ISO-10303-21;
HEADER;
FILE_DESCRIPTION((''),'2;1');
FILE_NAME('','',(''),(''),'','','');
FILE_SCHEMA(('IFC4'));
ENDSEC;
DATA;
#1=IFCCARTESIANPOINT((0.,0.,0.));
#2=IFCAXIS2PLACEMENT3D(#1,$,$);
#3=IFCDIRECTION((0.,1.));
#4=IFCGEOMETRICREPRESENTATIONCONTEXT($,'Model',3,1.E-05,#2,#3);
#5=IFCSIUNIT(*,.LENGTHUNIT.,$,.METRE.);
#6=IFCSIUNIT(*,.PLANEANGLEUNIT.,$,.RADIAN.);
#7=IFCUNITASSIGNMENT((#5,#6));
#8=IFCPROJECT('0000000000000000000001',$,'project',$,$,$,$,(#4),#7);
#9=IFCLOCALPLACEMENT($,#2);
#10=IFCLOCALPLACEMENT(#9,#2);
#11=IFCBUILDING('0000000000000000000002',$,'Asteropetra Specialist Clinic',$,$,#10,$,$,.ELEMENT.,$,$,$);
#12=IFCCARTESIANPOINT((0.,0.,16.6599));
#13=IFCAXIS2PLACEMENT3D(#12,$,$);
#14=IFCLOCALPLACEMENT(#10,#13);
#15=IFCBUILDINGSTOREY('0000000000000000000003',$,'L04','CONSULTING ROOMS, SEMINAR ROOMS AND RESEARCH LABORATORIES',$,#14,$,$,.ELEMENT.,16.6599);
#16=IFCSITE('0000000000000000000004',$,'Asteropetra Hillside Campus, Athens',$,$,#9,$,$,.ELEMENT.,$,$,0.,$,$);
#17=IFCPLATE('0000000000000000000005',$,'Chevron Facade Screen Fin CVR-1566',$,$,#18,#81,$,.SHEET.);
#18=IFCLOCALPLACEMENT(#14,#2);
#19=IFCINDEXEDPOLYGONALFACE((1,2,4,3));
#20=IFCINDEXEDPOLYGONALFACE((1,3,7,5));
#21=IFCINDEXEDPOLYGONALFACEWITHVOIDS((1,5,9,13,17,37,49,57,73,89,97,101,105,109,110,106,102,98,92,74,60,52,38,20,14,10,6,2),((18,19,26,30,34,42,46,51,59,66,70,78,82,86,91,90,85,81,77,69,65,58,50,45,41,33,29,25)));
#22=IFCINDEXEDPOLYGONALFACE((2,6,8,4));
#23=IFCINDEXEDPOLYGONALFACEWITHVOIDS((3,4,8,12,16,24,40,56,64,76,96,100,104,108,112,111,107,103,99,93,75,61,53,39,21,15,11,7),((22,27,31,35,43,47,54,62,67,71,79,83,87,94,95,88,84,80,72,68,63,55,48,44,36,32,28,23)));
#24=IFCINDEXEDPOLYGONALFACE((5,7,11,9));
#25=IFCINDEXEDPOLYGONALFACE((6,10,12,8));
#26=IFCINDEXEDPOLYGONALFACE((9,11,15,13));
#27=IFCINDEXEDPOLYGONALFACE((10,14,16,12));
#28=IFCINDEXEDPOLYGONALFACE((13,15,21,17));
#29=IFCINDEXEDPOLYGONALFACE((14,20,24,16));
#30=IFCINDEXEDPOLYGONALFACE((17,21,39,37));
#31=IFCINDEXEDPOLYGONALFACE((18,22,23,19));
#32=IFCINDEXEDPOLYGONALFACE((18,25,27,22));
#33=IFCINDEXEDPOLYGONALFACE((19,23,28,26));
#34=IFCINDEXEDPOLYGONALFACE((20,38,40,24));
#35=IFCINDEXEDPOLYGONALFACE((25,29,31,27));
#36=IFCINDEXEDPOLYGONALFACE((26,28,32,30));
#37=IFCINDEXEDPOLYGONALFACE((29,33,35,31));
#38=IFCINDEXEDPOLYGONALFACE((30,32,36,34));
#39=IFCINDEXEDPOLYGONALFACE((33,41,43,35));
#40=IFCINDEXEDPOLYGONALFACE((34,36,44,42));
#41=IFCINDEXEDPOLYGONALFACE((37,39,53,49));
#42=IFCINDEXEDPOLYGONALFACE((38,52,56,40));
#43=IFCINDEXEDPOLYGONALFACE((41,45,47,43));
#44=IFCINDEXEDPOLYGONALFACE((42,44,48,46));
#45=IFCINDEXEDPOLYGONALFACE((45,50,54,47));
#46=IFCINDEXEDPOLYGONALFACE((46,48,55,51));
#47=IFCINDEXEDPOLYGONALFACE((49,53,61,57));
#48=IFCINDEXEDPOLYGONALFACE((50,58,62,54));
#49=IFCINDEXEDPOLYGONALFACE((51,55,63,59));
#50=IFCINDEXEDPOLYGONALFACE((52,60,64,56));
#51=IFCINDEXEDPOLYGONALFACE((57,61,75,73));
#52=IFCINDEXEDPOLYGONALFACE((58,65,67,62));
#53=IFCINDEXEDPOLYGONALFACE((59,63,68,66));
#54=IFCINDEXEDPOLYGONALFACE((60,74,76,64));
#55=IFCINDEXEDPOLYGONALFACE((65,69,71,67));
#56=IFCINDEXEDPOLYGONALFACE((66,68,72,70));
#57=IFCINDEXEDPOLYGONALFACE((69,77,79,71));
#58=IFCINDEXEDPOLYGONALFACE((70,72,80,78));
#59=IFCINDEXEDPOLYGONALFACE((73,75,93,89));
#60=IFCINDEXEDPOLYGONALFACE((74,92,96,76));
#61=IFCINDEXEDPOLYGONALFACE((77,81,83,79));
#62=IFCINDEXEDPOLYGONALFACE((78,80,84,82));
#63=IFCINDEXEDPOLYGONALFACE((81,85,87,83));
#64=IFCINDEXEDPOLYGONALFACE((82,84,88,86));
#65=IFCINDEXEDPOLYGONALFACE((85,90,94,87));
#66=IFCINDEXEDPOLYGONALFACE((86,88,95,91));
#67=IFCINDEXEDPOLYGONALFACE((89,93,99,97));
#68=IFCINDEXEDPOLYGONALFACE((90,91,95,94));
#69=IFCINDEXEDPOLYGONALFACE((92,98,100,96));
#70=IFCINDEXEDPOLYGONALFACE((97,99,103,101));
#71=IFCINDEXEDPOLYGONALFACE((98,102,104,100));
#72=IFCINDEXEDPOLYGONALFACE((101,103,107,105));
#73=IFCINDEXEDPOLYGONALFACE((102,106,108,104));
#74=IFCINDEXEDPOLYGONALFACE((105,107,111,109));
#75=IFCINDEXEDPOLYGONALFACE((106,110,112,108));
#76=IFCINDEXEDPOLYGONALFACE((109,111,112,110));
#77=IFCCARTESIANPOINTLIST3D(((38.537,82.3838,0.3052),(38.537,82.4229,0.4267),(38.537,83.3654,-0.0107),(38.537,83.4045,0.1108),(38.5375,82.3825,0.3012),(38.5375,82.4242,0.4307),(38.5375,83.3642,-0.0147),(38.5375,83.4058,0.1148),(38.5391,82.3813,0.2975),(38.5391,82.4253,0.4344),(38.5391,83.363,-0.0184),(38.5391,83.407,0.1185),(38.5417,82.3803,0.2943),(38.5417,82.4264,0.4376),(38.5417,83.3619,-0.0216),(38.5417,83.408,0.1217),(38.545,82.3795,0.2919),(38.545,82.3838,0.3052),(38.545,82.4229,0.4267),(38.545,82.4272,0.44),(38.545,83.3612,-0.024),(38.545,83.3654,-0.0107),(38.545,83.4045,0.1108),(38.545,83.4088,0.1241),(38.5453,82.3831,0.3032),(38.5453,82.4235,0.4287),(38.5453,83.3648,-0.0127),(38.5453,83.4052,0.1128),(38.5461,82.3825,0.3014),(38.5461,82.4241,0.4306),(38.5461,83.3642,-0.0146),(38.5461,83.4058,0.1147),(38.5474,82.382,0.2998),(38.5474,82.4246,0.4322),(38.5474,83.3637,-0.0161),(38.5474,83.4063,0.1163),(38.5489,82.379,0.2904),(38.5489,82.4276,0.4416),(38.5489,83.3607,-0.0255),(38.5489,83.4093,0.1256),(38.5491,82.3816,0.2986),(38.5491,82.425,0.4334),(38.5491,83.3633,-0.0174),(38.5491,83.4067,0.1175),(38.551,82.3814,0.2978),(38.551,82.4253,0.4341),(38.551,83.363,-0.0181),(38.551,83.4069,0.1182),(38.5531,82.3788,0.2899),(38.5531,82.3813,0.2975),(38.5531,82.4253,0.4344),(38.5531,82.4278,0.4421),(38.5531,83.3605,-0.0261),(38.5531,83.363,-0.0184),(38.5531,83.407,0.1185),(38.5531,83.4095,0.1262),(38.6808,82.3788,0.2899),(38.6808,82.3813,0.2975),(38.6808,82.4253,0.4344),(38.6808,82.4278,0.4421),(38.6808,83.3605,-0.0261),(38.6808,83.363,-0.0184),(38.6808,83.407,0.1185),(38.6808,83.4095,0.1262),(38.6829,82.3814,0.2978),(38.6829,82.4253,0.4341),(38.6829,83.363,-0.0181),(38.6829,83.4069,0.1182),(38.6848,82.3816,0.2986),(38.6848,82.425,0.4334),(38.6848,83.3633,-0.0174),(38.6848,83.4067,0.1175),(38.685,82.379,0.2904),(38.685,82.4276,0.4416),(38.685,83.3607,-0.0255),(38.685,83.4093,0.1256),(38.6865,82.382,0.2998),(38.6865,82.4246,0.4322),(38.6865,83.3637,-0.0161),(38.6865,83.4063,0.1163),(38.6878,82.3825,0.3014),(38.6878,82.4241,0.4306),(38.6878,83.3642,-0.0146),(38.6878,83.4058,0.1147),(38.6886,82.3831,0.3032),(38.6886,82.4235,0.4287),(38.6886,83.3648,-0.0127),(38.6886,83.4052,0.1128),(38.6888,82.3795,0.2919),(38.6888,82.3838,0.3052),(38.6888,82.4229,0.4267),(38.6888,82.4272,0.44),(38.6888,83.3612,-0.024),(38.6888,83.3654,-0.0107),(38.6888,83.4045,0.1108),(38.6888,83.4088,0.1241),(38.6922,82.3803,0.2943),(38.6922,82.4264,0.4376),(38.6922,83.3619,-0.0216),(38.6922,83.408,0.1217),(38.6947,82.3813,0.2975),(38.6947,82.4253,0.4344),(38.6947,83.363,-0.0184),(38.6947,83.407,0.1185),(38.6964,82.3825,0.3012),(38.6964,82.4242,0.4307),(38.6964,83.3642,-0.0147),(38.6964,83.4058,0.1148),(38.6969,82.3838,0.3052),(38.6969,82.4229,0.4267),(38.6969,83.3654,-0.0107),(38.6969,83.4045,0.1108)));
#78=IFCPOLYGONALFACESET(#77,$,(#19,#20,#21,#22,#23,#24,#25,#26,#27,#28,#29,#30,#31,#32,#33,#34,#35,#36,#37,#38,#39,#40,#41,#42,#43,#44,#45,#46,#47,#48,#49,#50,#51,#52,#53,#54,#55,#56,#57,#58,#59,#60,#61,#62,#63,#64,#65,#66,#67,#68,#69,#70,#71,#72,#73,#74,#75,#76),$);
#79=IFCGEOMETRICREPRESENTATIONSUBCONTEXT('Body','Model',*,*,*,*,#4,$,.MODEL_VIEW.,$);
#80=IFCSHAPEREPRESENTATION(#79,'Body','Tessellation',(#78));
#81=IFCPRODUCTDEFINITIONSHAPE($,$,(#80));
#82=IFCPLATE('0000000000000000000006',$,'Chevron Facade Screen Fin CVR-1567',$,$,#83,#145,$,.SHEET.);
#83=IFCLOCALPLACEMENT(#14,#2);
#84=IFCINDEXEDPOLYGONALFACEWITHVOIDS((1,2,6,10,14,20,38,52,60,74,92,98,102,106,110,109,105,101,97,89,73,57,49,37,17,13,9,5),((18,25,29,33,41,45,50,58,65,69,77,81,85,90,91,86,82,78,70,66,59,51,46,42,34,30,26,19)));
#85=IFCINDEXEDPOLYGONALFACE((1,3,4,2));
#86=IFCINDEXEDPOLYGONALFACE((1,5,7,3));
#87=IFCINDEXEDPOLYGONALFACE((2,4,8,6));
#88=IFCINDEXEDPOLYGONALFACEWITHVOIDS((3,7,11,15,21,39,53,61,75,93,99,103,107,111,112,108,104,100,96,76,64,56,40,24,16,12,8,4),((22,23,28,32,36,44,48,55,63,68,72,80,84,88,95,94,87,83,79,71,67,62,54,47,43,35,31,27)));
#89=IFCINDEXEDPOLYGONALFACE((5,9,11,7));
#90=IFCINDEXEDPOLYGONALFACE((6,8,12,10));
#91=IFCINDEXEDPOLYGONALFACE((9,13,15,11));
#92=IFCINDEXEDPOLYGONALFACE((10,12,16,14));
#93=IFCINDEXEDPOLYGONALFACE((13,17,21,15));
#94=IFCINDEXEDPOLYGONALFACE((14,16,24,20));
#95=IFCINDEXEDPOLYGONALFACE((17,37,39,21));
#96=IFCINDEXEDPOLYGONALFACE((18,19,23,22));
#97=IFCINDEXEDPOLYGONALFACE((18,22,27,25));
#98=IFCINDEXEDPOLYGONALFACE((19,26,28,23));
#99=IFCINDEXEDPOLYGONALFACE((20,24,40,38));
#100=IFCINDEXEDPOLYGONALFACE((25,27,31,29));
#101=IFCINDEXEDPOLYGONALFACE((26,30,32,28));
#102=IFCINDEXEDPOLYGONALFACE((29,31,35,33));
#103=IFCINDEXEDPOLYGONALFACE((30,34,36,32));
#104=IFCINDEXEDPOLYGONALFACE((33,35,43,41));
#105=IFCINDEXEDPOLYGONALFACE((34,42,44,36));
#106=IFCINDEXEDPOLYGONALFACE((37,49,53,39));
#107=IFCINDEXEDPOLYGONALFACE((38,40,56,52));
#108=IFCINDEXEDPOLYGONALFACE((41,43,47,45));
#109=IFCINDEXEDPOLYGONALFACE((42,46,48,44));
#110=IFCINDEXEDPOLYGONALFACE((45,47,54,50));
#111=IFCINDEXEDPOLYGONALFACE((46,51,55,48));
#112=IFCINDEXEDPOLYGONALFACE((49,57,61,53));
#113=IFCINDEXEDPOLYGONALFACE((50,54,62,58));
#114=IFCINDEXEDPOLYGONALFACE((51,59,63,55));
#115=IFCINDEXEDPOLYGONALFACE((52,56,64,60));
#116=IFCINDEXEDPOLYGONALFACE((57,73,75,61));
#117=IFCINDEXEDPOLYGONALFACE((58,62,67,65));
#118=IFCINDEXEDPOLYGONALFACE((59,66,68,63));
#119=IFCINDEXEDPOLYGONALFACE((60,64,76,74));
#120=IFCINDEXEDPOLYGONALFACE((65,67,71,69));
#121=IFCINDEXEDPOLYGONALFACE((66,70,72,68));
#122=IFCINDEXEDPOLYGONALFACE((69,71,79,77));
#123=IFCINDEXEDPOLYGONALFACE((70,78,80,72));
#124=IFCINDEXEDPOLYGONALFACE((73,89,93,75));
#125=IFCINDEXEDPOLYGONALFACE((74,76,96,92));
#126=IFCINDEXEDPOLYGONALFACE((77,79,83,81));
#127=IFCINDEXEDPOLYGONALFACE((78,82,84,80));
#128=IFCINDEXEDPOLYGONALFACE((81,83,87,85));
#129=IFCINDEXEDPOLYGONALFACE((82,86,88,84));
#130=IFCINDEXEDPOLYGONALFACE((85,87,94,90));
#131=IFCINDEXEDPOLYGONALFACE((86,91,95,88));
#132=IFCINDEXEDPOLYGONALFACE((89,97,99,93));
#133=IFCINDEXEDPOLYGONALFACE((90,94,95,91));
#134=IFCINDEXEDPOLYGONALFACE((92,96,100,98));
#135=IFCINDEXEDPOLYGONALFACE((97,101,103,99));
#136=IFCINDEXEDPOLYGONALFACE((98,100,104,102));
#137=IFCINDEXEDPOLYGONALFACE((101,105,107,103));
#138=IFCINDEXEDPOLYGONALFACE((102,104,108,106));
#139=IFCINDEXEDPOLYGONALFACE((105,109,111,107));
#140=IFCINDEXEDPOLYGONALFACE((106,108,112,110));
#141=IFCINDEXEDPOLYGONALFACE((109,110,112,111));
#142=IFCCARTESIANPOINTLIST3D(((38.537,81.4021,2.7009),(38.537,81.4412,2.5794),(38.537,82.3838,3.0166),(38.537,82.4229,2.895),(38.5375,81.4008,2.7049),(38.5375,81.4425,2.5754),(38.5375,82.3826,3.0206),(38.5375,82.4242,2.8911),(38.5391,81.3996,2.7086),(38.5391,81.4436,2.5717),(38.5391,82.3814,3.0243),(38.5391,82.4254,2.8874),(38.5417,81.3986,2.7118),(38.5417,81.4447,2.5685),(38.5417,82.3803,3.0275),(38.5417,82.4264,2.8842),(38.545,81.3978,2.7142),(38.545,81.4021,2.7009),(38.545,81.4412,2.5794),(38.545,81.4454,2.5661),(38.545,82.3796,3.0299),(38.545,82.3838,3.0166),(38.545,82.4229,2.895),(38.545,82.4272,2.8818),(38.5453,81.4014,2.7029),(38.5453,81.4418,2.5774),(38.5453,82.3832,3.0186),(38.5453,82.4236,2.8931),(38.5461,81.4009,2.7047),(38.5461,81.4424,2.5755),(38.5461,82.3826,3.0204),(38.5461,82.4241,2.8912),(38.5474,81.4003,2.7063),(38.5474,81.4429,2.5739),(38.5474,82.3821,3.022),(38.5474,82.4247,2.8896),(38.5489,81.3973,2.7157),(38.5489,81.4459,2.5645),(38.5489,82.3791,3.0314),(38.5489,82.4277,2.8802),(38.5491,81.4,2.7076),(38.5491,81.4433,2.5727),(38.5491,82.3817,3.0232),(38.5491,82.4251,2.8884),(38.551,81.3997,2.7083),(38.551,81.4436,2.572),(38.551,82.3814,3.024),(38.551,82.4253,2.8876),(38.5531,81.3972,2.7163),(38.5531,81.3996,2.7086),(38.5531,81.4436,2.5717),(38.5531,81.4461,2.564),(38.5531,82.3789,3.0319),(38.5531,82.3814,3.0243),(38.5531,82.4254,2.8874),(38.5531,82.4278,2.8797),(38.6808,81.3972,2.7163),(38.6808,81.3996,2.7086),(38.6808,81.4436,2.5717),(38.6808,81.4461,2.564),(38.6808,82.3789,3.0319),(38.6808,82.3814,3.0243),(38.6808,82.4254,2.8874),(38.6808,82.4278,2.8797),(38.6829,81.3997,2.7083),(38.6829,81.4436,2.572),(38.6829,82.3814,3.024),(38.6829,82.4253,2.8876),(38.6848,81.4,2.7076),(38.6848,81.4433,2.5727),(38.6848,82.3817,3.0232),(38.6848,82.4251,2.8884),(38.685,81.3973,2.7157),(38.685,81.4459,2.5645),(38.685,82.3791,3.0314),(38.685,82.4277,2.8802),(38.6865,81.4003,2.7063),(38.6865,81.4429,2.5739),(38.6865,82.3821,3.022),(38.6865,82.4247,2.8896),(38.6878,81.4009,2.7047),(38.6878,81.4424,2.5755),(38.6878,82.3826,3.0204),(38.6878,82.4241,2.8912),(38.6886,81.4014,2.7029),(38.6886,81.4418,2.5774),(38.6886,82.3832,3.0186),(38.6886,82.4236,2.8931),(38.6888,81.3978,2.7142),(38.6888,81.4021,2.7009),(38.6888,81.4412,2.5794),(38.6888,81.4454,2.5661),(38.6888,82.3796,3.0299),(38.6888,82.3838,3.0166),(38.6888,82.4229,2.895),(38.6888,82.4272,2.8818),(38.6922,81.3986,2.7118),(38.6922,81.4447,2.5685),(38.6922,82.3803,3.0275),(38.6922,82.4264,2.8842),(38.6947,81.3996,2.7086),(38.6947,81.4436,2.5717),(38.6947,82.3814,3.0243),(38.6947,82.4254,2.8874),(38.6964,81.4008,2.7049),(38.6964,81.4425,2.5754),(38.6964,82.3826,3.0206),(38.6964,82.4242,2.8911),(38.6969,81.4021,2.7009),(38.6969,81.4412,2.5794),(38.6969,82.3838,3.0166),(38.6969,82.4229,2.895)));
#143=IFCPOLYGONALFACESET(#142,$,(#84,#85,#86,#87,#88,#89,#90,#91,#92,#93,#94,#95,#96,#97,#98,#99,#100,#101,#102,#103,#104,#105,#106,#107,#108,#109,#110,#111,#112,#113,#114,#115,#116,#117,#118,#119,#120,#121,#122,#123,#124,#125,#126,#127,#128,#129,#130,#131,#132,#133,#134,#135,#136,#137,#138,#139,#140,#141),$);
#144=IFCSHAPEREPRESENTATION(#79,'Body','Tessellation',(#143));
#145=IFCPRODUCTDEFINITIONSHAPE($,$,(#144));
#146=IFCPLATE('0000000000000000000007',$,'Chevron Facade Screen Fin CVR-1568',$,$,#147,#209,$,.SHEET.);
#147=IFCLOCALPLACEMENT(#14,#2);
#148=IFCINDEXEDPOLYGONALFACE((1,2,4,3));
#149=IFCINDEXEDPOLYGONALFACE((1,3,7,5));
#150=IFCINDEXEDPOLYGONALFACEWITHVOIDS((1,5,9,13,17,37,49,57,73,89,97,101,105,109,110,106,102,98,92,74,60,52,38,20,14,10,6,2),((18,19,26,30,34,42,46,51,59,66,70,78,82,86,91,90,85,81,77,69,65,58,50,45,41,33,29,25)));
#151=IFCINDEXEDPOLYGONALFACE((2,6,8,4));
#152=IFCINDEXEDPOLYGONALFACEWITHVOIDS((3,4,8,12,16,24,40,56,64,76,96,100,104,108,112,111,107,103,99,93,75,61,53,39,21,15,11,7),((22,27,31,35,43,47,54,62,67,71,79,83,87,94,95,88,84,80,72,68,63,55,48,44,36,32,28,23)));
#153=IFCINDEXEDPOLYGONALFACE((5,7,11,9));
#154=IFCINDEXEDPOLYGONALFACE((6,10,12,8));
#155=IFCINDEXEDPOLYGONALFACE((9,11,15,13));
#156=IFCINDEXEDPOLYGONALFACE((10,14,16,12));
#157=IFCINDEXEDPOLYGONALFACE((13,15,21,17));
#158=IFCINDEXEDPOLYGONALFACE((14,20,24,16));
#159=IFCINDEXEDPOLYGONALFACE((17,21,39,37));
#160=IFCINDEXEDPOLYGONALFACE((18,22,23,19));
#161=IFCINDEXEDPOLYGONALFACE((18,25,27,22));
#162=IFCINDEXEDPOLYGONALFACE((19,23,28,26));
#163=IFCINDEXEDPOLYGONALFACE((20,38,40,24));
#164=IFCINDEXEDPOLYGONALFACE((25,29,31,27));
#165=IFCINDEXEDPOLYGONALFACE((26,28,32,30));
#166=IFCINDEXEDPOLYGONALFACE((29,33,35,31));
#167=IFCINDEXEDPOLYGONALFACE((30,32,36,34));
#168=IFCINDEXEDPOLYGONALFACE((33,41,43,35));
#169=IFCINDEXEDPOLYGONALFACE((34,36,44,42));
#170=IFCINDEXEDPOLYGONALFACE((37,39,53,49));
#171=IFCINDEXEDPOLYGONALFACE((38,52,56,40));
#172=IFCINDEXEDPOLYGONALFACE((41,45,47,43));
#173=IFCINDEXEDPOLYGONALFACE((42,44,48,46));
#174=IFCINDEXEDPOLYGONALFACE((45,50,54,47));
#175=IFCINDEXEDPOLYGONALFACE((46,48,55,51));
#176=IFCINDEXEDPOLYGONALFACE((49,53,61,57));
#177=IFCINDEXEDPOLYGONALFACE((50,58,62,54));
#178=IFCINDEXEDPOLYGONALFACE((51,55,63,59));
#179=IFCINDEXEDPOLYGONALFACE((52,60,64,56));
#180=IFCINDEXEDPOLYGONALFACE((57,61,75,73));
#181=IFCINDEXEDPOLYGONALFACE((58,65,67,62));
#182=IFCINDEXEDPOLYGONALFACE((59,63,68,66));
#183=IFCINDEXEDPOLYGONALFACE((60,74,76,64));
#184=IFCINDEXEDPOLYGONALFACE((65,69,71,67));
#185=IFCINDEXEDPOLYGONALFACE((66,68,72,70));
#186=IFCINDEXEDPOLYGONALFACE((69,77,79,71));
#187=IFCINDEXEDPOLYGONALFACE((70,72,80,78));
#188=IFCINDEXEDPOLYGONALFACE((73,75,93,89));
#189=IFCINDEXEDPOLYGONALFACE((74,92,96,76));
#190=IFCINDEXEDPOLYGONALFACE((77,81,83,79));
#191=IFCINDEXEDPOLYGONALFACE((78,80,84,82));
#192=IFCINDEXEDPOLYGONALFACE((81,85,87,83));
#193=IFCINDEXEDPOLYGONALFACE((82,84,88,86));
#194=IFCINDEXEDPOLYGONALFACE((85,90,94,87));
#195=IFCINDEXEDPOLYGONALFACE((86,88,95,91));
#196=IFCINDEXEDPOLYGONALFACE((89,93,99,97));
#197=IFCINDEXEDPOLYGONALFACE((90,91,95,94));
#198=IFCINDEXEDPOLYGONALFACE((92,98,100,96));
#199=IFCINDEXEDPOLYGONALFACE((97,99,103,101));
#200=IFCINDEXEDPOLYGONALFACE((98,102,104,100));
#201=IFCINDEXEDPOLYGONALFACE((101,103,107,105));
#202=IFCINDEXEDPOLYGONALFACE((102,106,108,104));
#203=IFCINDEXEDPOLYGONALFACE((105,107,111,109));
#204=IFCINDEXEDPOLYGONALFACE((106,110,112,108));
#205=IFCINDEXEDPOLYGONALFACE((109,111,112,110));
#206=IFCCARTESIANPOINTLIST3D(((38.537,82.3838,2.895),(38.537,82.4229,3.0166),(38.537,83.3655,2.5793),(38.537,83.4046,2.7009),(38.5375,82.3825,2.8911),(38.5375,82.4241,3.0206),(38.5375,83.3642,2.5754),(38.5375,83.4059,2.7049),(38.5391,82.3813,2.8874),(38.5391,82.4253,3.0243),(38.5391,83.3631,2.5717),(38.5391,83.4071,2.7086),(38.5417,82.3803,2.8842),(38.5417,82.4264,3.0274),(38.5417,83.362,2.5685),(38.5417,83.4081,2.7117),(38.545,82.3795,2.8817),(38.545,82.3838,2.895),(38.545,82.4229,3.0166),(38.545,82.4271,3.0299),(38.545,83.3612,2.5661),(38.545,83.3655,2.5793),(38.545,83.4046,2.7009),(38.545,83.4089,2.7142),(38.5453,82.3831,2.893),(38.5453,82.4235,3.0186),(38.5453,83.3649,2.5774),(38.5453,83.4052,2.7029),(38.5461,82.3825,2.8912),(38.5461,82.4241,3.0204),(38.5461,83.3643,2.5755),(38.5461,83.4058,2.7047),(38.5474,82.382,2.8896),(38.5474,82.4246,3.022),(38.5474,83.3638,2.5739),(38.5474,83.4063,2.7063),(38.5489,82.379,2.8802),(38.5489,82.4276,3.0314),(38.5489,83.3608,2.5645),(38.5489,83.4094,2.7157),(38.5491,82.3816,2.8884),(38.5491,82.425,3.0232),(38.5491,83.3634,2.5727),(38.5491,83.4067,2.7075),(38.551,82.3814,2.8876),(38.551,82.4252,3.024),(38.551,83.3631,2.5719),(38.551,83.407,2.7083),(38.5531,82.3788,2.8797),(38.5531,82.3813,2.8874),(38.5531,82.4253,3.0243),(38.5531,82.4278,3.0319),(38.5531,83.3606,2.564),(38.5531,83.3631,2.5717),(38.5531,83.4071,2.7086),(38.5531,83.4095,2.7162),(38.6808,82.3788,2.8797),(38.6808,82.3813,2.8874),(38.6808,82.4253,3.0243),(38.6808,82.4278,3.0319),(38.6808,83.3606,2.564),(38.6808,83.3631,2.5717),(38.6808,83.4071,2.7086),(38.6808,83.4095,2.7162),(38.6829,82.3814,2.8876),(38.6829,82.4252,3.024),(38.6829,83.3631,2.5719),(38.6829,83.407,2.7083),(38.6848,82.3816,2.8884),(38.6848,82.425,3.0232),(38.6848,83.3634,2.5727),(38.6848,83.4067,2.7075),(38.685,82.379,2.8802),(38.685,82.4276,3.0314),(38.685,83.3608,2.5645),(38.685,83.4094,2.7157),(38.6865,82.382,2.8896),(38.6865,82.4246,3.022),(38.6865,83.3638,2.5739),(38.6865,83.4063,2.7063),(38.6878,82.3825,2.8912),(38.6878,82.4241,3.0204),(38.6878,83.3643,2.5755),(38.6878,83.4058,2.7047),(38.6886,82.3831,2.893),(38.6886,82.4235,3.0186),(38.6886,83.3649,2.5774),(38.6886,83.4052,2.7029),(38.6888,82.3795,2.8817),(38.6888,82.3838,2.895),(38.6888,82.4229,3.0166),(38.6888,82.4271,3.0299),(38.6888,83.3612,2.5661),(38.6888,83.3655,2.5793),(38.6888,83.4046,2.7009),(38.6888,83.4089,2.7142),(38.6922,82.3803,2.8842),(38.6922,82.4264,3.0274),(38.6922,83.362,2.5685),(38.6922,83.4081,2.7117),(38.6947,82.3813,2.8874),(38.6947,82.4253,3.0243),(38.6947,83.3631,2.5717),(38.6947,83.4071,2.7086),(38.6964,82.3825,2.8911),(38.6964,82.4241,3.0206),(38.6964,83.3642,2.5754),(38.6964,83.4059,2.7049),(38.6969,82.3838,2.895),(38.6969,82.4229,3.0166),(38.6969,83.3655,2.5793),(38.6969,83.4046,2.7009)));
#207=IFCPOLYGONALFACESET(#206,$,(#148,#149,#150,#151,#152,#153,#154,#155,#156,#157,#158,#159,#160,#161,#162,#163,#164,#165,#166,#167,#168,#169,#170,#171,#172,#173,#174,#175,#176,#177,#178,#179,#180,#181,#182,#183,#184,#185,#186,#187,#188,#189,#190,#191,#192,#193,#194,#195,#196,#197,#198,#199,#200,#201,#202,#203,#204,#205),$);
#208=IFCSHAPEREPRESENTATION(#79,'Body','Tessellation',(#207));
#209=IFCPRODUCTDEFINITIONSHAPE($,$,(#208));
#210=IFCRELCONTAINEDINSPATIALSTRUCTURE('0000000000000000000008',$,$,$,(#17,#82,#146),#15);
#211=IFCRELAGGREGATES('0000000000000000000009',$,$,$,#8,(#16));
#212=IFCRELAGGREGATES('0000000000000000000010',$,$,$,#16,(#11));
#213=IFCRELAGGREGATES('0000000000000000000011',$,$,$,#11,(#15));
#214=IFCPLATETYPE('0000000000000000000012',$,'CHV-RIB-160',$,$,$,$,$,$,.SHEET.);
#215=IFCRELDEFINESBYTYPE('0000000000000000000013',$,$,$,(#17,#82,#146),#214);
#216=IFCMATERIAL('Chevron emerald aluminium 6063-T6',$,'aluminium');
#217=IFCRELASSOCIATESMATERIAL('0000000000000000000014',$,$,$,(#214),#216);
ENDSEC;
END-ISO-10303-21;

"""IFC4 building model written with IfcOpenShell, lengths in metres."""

from ifc_helpers import new_model, si_unit, direction, frame, origin, origin_2d, place, context, subcontext, project, spatial, hollow_rectangle, extrude, material, material_profile, profile_set, type_object, element, save


model = new_model("IFC4")

# Units and contexts
model_context = context("Model", 3, precision=1e-05, world=origin(), true_north=direction((0.0, 1.0)))
body_context = subcontext(model_context, "Body", "Model", "MODEL_VIEW")
ifc_project = project(units=[si_unit("LENGTHUNIT", "METRE"), si_unit("PLANEANGLEUNIT", "RADIAN")], contexts=[model_context])

# Site, building, storey
site_placement = place(None, origin())
site = spatial("IfcSite", under=ifc_project, at=site_placement, Name="Asteropetra Hillside Campus, Athens", CompositionType="ELEMENT", RefElevation=0.0)
building_placement = place(site_placement, origin())
building = spatial("IfcBuilding", under=site, at=building_placement, Name="Asteropetra Specialist Clinic", CompositionType="ELEMENT")
storey_placement = place(building_placement, frame((0.0, 0.0, 16.6599)))
storey = spatial("IfcBuildingStorey", under=building, at=storey_placement, Name="L04", Description="CONSULTING ROOMS, SEMINAR ROOMS AND RESEARCH LABORATORIES", CompositionType="ELEMENT", Elevation=16.6599)

# Plates
ifc_material_1 = material(Name="Chevron emerald aluminium 6063-T6", Category="aluminium")
ifc_material_profile = material_profile(ifc_material_1, hollow_rectangle(XDim=0.1599, YDim=0.1599, WallThickness=0.0081, InnerFilletRadius=0.0081, OuterFilletRadius=0.0161, at=origin_2d()), Name="SHS 160x160x8.0")
ifc_profile_set = profile_set([ifc_material_profile], Name="Chevron emerald aluminium 6063-T6")
plate_type_1 = type_object("IfcPlateType", Name="CHV-RIB-160", PredefinedType="SHEET", material=ifc_profile_set)
for number, where, z_axis, x_axis, name in (
    (1, (38.6169, 82.4033, 0.366), (0.0, 0.951923, -0.306339), (-1.0, 0.0, 0.0), "Chevron Facade Screen Fin CVR-1566"),
    (2, (38.6169, 81.4216, 2.6401), (0.0, 0.951992, 0.306124), (-1.0, 0.0, 0.0), "Chevron Facade Screen Fin CVR-1567"),
    (3, (38.6169, 82.4033, 2.9558), (0.0, 0.951992, -0.306124), (-1.0, 0.0, 0.0), "Chevron Facade Screen Fin CVR-1568"),
):
    element("IfcPlate", number, at=place(storey_placement, frame(where, z_axis=z_axis, x_axis=x_axis)), inside=storey, type_object=plate_type_1, Name=name, PredefinedType="SHEET", context=body_context, shape_type="SweptSolid", body=[
        extrude(hollow_rectangle(XDim=0.1599, YDim=0.1599, WallThickness=0.0081, InnerFilletRadius=0.0081, OuterFilletRadius=0.0161, at=origin_2d()), origin(), (0.0, 0.0, 1.0), 1.0312),
    ])

save(model, "model.ifc")
